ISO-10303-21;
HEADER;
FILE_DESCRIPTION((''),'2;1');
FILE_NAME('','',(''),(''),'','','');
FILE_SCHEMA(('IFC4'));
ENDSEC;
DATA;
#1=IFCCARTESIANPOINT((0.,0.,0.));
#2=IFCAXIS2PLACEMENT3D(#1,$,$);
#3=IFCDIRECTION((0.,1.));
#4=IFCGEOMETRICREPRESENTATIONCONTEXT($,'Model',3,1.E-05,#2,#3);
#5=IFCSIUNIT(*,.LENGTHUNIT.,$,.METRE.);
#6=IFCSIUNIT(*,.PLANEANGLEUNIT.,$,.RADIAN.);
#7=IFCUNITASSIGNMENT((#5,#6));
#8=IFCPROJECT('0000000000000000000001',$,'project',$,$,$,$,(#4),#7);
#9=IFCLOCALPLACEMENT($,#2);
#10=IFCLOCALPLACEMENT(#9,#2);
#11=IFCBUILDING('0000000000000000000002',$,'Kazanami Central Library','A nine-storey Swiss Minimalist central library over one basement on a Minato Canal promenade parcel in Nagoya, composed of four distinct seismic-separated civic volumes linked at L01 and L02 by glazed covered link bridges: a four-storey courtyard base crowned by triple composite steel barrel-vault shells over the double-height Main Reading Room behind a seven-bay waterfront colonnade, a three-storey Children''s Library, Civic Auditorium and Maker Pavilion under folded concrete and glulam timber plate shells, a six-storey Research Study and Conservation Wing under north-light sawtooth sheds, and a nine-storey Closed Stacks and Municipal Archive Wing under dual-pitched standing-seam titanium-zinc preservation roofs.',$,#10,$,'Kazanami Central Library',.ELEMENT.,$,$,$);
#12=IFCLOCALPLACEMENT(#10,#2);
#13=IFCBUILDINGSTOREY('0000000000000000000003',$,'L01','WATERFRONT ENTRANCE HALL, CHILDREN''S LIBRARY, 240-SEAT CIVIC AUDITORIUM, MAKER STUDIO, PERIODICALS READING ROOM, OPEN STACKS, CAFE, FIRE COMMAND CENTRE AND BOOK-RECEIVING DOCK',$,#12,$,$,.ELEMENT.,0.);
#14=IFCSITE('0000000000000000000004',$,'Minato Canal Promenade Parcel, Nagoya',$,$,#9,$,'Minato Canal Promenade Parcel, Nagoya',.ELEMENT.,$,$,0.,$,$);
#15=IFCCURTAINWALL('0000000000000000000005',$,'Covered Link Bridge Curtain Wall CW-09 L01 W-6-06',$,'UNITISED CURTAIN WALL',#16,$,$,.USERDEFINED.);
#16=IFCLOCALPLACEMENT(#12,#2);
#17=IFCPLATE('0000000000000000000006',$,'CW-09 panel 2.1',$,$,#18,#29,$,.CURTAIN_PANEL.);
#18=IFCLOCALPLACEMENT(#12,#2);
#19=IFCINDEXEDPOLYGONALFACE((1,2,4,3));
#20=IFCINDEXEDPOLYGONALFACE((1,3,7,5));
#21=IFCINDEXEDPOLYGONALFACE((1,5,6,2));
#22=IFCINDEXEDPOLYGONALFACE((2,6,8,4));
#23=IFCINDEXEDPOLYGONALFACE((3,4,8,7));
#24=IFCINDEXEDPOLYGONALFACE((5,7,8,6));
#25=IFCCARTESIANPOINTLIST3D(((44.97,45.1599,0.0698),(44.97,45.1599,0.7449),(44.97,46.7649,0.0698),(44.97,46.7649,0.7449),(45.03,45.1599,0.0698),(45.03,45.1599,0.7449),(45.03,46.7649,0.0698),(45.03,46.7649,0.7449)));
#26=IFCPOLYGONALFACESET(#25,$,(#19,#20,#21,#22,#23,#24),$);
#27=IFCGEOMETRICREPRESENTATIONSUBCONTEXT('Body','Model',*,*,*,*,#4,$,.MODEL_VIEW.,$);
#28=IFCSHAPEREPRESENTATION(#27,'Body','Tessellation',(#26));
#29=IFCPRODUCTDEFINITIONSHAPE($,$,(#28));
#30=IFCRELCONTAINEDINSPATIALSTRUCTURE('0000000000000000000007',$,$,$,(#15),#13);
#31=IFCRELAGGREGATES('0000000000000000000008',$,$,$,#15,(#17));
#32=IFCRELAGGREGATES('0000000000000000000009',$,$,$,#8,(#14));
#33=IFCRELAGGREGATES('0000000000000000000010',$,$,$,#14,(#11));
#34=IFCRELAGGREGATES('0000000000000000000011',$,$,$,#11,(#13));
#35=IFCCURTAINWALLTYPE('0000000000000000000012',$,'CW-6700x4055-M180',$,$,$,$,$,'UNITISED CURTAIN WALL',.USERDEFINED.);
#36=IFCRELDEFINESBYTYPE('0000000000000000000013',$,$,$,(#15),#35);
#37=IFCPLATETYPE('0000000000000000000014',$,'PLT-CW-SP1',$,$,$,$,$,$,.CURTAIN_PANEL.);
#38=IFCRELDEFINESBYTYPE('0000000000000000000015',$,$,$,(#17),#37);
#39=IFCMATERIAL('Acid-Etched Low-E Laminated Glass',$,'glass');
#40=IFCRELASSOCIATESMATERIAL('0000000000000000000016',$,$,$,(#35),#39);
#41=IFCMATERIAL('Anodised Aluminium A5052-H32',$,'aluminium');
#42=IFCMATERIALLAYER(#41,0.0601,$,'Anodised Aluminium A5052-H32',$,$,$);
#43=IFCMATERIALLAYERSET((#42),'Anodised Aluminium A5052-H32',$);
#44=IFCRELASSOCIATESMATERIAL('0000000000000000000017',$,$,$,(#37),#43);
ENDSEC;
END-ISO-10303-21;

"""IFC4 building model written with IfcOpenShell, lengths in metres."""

from ifc_helpers import new_model, si_unit, direction, frame, origin, origin_2d, place, context, subcontext, project, spatial, rectangle, extrude, material, layer, layer_set, type_object, element, aggregate, save


model = new_model("IFC4")

# Units and contexts
model_context = context("Model", 3, precision=1e-05, world=origin(), true_north=direction((0.0, 1.0)))
body_context = subcontext(model_context, "Body", "Model", "MODEL_VIEW")
ifc_project = project(units=[si_unit("LENGTHUNIT", "METRE"), si_unit("PLANEANGLEUNIT", "RADIAN")], contexts=[model_context])

# Site, building, storey
site_placement = place(None, origin())
site = spatial("IfcSite", under=ifc_project, at=site_placement, Name="Minato Canal Promenade Parcel, Nagoya", LongName="Minato Canal Promenade Parcel, Nagoya", CompositionType="ELEMENT", RefElevation=0.0)
building_placement = place(site_placement, origin())
building = spatial("IfcBuilding", under=site, at=building_placement, Name="Kazanami Central Library", Description="A nine-storey Swiss Minimalist central library over one basement on a Minato Canal promenade parcel in Nagoya, composed of four distinct seismic-separated civic volumes linked at L01 and L02 by glazed covered link bridges: a four-storey courtyard base crowned by triple composite steel barrel-vault shells over the double-height Main Reading Room behind a seven-bay waterfront colonnade, a three-storey Children's Library, Civic Auditorium and Maker Pavilion under folded concrete and glulam timber plate shells, a six-storey Research Study and Conservation Wing under north-light sawtooth sheds, and a nine-storey Closed Stacks and Municipal Archive Wing under dual-pitched standing-seam titanium-zinc preservation roofs.", LongName="Kazanami Central Library", CompositionType="ELEMENT")
storey_placement = place(building_placement, origin())
storey = spatial("IfcBuildingStorey", under=building, at=storey_placement, Name="L01", Description="WATERFRONT ENTRANCE HALL, CHILDREN'S LIBRARY, 240-SEAT CIVIC AUDITORIUM, MAKER STUDIO, PERIODICALS READING ROOM, OPEN STACKS, CAFE, FIRE COMMAND CENTRE AND BOOK-RECEIVING DOCK", CompositionType="ELEMENT", Elevation=0.0)

# Curtain wall
ifc_material_1 = material(Name="Acid-Etched Low-E Laminated Glass", Category="glass")
curtain_wall_type = type_object("IfcCurtainWallType", Name="CW-6700x4055-M180", ElementType="UNITISED CURTAIN WALL", PredefinedType="USERDEFINED", material=ifc_material_1)
curtain_wall_1_placement = place(storey_placement, origin())
curtain_wall_1 = element("IfcCurtainWall", 1, at=curtain_wall_1_placement, inside=storey, type_object=curtain_wall_type, Name="Covered Link Bridge Curtain Wall CW-09 L01 W-6-06", ObjectType="UNITISED CURTAIN WALL", PredefinedType="USERDEFINED")

# Plate
ifc_material_2 = material(Name="Anodised Aluminium A5052-H32", Category="aluminium")
ifc_layer_1 = layer(ifc_material_2, 0.0601, Name="Anodised Aluminium A5052-H32")
ifc_layer_set_1 = layer_set([ifc_layer_1], Name="Anodised Aluminium A5052-H32")
plate_type_1 = type_object("IfcPlateType", Name="PLT-CW-SP1", PredefinedType="CURTAIN_PANEL", material=ifc_layer_set_1)
plate_1_placement = place(storey_placement, frame((45.0, 45.9624, 0.0698), z_axis=(0.0, 0.0, 1.0), x_axis=(0.0, 1.0, 0.0)))
plate_1 = element("IfcPlate", 2, at=plate_1_placement, type_object=plate_type_1, Name="CW-09 panel 2.1", PredefinedType="CURTAIN_PANEL", context=body_context, shape_type="SweptSolid", body=[
    extrude(rectangle(XDim=1.605, YDim=0.0601, at=origin_2d()), origin(), (0.0, 0.0, 1.0), 0.675),
])
aggregate(curtain_wall_1, [plate_1])

save(model, "model.ifc")
